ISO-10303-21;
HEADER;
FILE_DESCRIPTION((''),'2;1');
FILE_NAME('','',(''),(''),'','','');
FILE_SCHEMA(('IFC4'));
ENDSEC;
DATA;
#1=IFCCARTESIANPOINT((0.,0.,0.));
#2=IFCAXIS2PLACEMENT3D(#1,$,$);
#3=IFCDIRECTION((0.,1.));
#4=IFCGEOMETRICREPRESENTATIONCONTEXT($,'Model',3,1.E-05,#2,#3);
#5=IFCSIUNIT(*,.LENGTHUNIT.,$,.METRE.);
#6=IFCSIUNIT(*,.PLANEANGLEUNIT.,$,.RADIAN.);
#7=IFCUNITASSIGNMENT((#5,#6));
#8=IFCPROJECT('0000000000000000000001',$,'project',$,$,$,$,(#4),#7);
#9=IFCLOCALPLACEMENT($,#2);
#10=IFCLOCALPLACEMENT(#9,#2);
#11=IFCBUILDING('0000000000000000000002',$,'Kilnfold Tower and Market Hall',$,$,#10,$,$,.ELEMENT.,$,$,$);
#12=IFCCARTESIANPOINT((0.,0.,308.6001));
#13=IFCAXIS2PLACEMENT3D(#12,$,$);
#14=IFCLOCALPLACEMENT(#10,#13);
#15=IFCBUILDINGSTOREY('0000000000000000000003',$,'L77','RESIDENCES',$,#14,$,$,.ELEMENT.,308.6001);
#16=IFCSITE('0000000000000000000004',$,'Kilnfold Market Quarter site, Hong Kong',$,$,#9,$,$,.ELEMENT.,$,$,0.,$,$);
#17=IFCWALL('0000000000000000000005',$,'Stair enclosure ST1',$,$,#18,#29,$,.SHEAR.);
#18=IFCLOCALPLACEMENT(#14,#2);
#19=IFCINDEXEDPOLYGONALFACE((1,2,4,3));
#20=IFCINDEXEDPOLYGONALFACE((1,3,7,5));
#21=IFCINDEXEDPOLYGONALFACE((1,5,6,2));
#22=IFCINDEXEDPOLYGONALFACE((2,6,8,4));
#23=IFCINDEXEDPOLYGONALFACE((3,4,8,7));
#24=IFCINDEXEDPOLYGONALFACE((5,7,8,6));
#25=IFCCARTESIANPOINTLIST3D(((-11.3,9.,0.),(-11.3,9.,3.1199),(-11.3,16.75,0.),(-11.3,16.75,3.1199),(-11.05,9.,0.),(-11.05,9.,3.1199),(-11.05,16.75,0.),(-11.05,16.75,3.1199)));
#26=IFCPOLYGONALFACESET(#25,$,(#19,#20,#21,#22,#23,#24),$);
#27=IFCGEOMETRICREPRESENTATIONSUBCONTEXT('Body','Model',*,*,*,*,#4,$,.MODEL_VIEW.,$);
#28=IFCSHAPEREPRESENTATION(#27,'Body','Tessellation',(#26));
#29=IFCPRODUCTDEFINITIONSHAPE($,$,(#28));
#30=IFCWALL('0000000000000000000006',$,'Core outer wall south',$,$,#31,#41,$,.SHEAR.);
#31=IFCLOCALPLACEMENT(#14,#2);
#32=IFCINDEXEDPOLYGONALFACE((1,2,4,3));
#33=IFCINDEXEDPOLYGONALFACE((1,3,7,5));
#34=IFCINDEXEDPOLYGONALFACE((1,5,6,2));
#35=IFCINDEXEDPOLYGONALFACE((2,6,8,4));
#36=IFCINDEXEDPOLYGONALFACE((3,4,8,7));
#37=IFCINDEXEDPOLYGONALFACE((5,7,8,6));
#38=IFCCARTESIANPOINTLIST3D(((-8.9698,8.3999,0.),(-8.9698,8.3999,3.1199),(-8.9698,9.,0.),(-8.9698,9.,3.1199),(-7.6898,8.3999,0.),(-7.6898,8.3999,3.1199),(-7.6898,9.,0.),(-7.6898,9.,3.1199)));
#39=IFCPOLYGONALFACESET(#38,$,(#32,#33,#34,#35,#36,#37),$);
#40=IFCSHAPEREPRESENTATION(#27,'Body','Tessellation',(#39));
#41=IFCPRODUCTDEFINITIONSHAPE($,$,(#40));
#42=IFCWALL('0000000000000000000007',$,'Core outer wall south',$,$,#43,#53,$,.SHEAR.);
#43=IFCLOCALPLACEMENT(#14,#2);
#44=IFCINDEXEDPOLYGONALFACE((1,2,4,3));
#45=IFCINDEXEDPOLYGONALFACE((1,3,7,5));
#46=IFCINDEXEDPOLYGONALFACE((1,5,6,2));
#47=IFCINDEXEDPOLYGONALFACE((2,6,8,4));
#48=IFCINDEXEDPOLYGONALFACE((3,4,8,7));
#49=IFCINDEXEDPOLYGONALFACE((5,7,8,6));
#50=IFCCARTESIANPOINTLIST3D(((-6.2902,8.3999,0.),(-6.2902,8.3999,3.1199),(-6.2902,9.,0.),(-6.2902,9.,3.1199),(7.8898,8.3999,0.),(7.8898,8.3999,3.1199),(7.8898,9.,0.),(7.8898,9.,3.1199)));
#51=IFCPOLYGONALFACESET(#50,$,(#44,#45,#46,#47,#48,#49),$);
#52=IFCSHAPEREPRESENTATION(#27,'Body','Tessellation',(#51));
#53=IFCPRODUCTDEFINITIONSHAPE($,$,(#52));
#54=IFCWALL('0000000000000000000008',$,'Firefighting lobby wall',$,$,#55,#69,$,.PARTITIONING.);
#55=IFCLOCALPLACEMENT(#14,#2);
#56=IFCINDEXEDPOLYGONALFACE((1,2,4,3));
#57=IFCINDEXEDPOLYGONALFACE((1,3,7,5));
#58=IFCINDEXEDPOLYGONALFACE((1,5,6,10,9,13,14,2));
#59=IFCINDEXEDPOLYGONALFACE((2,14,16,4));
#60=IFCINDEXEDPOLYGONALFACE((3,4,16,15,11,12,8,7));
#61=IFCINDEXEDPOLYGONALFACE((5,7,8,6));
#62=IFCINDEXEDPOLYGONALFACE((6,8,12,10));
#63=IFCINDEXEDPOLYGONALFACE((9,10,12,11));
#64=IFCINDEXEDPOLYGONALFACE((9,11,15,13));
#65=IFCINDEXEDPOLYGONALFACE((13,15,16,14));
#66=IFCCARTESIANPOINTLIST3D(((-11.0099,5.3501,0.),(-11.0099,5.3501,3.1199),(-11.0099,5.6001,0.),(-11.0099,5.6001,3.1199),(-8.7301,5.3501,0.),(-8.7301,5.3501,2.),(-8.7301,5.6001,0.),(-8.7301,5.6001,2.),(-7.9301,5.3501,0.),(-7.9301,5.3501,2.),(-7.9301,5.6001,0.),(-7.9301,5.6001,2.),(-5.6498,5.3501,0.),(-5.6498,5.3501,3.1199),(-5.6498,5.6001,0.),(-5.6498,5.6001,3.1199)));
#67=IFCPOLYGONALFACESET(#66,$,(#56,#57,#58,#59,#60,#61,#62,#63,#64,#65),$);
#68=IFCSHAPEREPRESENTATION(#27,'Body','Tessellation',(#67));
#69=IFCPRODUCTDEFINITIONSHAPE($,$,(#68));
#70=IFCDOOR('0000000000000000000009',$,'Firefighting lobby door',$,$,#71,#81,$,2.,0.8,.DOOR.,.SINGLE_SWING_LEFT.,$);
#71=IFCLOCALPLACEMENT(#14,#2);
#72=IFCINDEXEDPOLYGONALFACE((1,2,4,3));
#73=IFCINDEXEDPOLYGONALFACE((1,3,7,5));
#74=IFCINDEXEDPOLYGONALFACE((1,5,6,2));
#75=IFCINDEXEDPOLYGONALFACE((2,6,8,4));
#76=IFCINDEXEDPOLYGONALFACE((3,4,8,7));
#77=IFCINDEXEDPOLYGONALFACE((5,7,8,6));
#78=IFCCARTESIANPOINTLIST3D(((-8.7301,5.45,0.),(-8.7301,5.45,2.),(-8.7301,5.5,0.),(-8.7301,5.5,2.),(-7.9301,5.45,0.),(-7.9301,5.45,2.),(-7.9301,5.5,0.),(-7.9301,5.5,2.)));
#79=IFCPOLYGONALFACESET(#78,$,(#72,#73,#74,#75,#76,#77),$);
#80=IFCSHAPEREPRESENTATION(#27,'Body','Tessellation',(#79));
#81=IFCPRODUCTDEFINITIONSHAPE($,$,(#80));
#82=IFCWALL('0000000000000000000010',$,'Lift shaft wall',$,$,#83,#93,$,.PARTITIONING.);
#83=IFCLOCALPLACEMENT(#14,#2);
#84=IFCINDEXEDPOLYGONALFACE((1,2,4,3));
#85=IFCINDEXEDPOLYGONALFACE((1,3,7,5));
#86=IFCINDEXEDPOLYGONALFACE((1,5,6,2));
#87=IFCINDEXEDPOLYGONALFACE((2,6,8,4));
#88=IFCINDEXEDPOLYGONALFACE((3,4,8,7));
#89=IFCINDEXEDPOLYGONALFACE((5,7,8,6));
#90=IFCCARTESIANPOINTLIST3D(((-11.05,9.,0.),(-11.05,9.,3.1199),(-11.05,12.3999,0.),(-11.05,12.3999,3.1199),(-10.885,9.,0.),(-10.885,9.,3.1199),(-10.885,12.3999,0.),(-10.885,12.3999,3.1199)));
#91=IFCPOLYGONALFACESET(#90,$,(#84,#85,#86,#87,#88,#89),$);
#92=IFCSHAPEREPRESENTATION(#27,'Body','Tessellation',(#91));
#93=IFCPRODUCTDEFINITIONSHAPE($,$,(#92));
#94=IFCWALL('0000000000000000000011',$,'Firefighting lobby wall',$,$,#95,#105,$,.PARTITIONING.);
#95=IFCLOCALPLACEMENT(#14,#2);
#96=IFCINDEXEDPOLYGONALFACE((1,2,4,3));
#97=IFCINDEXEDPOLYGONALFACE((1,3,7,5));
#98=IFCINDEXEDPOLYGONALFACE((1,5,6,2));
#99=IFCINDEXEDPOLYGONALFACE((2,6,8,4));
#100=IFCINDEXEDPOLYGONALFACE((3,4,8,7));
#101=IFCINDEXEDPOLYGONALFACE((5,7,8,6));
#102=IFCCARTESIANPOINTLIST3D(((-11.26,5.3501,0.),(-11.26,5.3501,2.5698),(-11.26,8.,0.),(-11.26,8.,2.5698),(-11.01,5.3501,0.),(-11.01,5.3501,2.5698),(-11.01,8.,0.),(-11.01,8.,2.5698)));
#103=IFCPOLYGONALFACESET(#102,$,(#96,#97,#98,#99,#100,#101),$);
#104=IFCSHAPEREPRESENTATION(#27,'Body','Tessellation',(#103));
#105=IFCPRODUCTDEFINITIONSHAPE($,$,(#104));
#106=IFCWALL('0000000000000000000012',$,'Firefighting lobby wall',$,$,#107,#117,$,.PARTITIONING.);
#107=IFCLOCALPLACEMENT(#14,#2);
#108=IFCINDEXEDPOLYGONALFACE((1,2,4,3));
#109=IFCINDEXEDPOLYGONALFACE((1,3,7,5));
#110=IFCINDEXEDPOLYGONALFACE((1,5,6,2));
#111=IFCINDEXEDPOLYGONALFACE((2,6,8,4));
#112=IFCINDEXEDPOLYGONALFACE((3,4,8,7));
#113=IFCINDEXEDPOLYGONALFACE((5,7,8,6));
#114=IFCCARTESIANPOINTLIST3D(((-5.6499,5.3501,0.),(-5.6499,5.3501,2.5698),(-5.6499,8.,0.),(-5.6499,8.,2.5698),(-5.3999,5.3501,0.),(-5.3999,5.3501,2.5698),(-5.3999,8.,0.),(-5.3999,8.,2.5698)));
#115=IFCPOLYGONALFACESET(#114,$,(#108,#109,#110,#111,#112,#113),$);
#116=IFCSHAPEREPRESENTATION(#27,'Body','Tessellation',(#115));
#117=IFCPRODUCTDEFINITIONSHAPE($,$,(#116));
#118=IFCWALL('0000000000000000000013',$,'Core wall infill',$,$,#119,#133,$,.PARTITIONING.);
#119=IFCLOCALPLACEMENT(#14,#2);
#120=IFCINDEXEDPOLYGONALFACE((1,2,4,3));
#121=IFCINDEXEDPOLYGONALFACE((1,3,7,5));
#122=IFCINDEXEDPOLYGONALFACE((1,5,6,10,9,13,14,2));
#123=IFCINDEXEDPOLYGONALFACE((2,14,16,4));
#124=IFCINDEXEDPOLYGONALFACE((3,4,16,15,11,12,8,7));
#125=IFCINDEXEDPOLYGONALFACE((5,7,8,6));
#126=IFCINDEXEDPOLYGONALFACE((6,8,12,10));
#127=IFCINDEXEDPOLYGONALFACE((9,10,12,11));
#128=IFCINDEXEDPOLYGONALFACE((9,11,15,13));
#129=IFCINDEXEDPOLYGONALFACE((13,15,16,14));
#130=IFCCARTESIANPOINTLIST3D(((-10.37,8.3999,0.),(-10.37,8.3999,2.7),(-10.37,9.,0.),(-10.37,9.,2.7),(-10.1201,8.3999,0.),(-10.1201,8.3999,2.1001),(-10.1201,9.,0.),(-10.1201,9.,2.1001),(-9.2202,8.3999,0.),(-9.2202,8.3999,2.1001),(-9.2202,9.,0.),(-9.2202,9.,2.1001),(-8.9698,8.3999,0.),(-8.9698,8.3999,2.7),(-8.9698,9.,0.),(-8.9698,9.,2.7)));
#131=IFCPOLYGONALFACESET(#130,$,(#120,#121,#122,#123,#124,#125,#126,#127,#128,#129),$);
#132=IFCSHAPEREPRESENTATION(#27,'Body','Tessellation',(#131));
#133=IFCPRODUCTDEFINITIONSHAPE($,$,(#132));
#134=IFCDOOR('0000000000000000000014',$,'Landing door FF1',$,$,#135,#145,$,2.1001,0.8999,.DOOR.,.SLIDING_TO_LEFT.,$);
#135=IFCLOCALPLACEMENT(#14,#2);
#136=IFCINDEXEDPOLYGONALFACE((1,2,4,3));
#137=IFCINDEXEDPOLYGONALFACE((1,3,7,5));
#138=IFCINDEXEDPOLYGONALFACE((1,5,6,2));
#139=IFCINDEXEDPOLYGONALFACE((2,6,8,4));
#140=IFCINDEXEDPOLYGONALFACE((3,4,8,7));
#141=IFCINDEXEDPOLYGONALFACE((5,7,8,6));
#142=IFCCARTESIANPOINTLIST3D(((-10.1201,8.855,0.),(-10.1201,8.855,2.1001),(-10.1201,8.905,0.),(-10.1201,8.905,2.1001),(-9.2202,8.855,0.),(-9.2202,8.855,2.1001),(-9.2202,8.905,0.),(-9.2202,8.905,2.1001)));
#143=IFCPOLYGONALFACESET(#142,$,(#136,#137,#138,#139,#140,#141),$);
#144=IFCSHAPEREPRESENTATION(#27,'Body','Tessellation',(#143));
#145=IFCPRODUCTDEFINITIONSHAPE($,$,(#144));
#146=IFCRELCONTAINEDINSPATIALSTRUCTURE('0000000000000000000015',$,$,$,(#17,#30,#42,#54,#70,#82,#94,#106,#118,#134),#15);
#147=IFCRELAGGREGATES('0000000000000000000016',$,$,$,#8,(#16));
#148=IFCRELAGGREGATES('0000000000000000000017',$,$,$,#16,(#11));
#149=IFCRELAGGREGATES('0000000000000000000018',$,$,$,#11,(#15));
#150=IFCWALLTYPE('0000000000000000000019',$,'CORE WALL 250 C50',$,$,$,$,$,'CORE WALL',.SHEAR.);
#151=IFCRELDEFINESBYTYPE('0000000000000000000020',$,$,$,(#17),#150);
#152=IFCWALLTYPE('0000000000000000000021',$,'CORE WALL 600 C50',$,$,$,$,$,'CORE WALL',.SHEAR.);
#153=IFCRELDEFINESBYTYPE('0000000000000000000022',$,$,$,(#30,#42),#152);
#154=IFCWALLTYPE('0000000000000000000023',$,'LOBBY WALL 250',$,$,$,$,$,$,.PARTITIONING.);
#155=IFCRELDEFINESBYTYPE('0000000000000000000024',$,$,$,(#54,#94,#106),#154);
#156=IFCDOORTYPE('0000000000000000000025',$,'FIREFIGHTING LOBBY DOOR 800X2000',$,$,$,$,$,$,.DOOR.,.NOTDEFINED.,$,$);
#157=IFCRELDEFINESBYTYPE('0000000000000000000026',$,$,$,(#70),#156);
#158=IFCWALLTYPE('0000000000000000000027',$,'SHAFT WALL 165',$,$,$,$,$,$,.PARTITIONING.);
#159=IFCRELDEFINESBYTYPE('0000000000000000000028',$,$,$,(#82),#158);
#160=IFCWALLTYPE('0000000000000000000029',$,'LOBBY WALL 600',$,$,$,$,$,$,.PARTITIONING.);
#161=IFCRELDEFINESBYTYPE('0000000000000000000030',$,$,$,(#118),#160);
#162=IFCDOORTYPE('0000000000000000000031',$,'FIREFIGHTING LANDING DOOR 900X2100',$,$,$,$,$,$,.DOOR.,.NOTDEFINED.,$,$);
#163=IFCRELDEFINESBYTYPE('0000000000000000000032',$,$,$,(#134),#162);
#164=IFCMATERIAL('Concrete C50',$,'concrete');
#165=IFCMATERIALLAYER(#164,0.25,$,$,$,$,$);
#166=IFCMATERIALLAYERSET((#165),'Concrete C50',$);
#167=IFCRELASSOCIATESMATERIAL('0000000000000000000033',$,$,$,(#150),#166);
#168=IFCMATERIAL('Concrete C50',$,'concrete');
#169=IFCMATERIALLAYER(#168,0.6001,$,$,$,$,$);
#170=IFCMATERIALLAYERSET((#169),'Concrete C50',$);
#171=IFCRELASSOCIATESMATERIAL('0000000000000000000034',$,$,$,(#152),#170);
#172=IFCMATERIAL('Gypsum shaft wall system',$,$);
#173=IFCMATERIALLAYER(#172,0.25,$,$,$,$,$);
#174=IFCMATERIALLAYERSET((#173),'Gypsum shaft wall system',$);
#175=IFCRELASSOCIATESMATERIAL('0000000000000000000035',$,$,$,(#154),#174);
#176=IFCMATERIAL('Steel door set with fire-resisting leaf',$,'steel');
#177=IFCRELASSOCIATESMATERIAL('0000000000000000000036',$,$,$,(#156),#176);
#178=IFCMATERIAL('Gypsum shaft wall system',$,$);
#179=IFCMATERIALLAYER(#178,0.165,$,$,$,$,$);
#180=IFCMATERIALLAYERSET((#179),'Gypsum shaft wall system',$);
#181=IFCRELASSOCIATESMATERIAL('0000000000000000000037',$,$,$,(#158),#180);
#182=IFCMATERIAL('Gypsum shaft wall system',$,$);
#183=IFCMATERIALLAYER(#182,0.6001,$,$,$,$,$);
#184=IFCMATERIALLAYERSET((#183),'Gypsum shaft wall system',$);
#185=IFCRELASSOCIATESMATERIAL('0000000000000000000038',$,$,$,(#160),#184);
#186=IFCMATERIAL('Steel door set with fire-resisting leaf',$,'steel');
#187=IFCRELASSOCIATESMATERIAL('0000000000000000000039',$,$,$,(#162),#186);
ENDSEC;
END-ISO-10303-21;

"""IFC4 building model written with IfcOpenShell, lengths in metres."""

from ifc_helpers import new_model, si_unit, direction, frame, frame_2d, origin, place, context, subcontext, project, spatial, rectangle, extrude, source, transform, mapped, material, layer, layer_set, type_object, element, fill, save


model = new_model("IFC4")

# Units and contexts
model_context = context("Model", 3, precision=1e-05, world=origin(), true_north=direction((0.0, 1.0)))
body_context = subcontext(model_context, "Body", "Model", "MODEL_VIEW")
ifc_project = project(units=[si_unit("LENGTHUNIT", "METRE"), si_unit("PLANEANGLEUNIT", "RADIAN")], contexts=[model_context])

# Site, building, storey
site_placement = place(None, origin())
site = spatial("IfcSite", under=ifc_project, at=site_placement, Name="Kilnfold Market Quarter site, Hong Kong", CompositionType="ELEMENT", RefElevation=0.0)
building_placement = place(site_placement, origin())
building = spatial("IfcBuilding", under=site, at=building_placement, Name="Kilnfold Tower and Market Hall", CompositionType="ELEMENT")
storey_placement = place(building_placement, frame((0.0, 0.0, 308.6001)))
storey = spatial("IfcBuildingStorey", under=building, at=storey_placement, Name="L77", Description="RESIDENCES", CompositionType="ELEMENT", Elevation=308.6001)

# Walls
ifc_material_1 = material(Name="Concrete C50", Category="concrete")
ifc_layer_1 = layer(ifc_material_1, 0.25)
ifc_layer_set_1 = layer_set([ifc_layer_1], Name="Concrete C50")
wall_type_1 = type_object("IfcWallType", Name="CORE WALL 250 C50", ElementType="CORE WALL", PredefinedType="SHEAR", material=ifc_layer_set_1)
shared_shape_1 = source(origin(), body_context, "Body", "SweptSolid", [
    extrude(rectangle(XDim=7.75, YDim=0.25, at=frame_2d((3.875, 0.0))), origin(), (0.0, 0.0, 1.0), 3.1199),
])
wall_1_placement = place(storey_placement, frame((-11.175, 9.0, 0.0), z_axis=(0.0, 0.0, 1.0), x_axis=(0.0, 1.0, 0.0)))
element("IfcWall", 1, at=wall_1_placement, inside=storey, type_object=wall_type_1, Name="Stair enclosure ST1", PredefinedType="SHEAR", context=body_context, shape_type="MappedRepresentation", body=[
    mapped(shared_shape_1, transform((0.0, 0.0, 0.0))),
])
ifc_material_2 = material(Name="Concrete C50", Category="concrete")
ifc_layer_2 = layer(ifc_material_2, 0.6001)
ifc_layer_set_2 = layer_set([ifc_layer_2], Name="Concrete C50")
wall_type_2 = type_object("IfcWallType", Name="CORE WALL 600 C50", ElementType="CORE WALL", PredefinedType="SHEAR", material=ifc_layer_set_2)
shared_shape_2 = source(origin(), body_context, "Body", "SweptSolid", [
    extrude(rectangle(XDim=1.28, YDim=0.6001, at=frame_2d((0.6401, 0.0))), origin(), (0.0, 0.0, 1.0), 3.1199),
])
wall_2_placement = place(storey_placement, frame((-8.97, 8.7, 0.0), z_axis=(0.0, 0.0, 1.0), x_axis=(1.0, 0.0, 0.0)))
element("IfcWall", 2, at=wall_2_placement, inside=storey, type_object=wall_type_2, Name="Core outer wall south", PredefinedType="SHEAR", context=body_context, shape_type="MappedRepresentation", body=[
    mapped(shared_shape_2, transform((0.0, 0.0, 0.0))),
])
shared_shape_3 = source(origin(), body_context, "Body", "SweptSolid", [
    extrude(rectangle(XDim=14.1799, YDim=0.6001, at=frame_2d((7.0898, 0.0))), origin(), (0.0, 0.0, 1.0), 3.1199),
])
wall_3_placement = place(storey_placement, frame((-6.29, 8.7, 0.0), z_axis=(0.0, 0.0, 1.0), x_axis=(1.0, 0.0, 0.0)))
element("IfcWall", 3, at=wall_3_placement, inside=storey, type_object=wall_type_2, Name="Core outer wall south", PredefinedType="SHEAR", context=body_context, shape_type="MappedRepresentation", body=[
    mapped(shared_shape_3, transform((0.0, 0.0, 0.0))),
])

# Wall, opening, door
ifc_material_3 = material(Name="Gypsum shaft wall system")
ifc_layer_3 = layer(ifc_material_3, 0.25)
ifc_layer_set_3 = layer_set([ifc_layer_3], Name="Gypsum shaft wall system")
wall_type_3 = type_object("IfcWallType", Name="LOBBY WALL 250", PredefinedType="PARTITIONING", material=ifc_layer_set_3)
shared_shape_4 = source(origin(), body_context, "Body", "SweptSolid", [
    extrude(rectangle(XDim=5.3601, YDim=0.25, at=frame_2d((2.6802, 0.0))), origin(), (0.0, 0.0, 1.0), 3.1199),
])
wall_4_placement = place(storey_placement, frame((-11.01, 5.4751, 0.0), z_axis=(0.0, 0.0, 1.0), x_axis=(1.0, 0.0, 0.0)))
wall_4 = element("IfcWall", 4, at=wall_4_placement, inside=storey, type_object=wall_type_3, Name="Firefighting lobby wall", PredefinedType="PARTITIONING", context=body_context, shape_type="MappedRepresentation", body=[
    mapped(shared_shape_4, transform((0.0, 0.0, 0.0))),
])
opening_1_placement = place(wall_4_placement, frame((2.28, 0.0, 0.0)))
opening_1 = element("IfcOpeningElement", 5, at=opening_1_placement, cuts=wall_4, PredefinedType="OPENING", context=body_context, shape_type="SweptSolid", body=[
    extrude(rectangle(XDim=0.8, YDim=2.0, at=frame_2d((0.3999, 1.0))), frame((0.0, 0.135, 0.0), z_axis=(0.0, -1.0, 0.0), x_axis=(1.0, 0.0, 0.0)), (0.0, 0.0, 1.0), 0.27),
])
ifc_material_4 = material(Name="Steel door set with fire-resisting leaf", Category="steel")
door_type_1 = type_object("IfcDoorType", Name="FIREFIGHTING LOBBY DOOR 800X2000", OperationType="NOTDEFINED", PredefinedType="DOOR", material=ifc_material_4)
door_1_placement = place(opening_1_placement, origin())
door_1 = element("IfcDoor", 6, at=door_1_placement, inside=storey, type_object=door_type_1, Name="Firefighting lobby door", OperationType="SINGLE_SWING_LEFT", OverallHeight=2.0, OverallWidth=0.8, PredefinedType="DOOR", context=body_context, shape_type="SweptSolid", body=[
    extrude(rectangle(XDim=0.8, YDim=2.0, at=frame_2d((0.3999, 1.0))), frame((0.0, 0.0249, 0.0), z_axis=(0.0, -1.0, 0.0), x_axis=(1.0, 0.0, 0.0)), (0.0, 0.0, 1.0), 0.05),
])
fill(opening_1, door_1)

# Walls
ifc_material_5 = material(Name="Gypsum shaft wall system")
ifc_layer_4 = layer(ifc_material_5, 0.165)
ifc_layer_set_4 = layer_set([ifc_layer_4], Name="Gypsum shaft wall system")
wall_type_4 = type_object("IfcWallType", Name="SHAFT WALL 165", PredefinedType="PARTITIONING", material=ifc_layer_set_4)
shared_shape_5 = source(origin(), body_context, "Body", "SweptSolid", [
    extrude(rectangle(XDim=3.3999, YDim=0.165, at=frame_2d((1.7, 0.0))), origin(), (0.0, 0.0, 1.0), 3.1199),
])
wall_5_placement = place(storey_placement, frame((-10.9675, 9.0, 0.0), z_axis=(0.0, 0.0, 1.0), x_axis=(0.0, 1.0, 0.0)))
element("IfcWall", 7, at=wall_5_placement, inside=storey, type_object=wall_type_4, Name="Lift shaft wall", PredefinedType="PARTITIONING", context=body_context, shape_type="MappedRepresentation", body=[
    mapped(shared_shape_5, transform((0.0, 0.0, 0.0))),
])
shared_shape_6 = source(origin(), body_context, "Body", "SweptSolid", [
    extrude(rectangle(XDim=2.6499, YDim=0.25, at=frame_2d((1.325, 0.0))), origin(), (0.0, 0.0, 1.0), 2.5698),
])
for number, where, z_axis, x_axis, name in (
    (8, (-11.135, 5.3501, 0.0), (0.0, 0.0, 1.0), (0.0, 1.0, 0.0), "Firefighting lobby wall"),
    (9, (-5.5249, 5.3501, 0.0), (0.0, 0.0, 1.0), (0.0, 1.0, 0.0), "Firefighting lobby wall"),
):
    element("IfcWall", number, at=place(storey_placement, frame(where, z_axis=z_axis, x_axis=x_axis)), inside=storey, type_object=wall_type_3, Name=name, PredefinedType="PARTITIONING", context=body_context, shape_type="MappedRepresentation", body=[
        mapped(shared_shape_6, transform((0.0, 0.0, 0.0))),
    ])

# Wall, opening, door
ifc_material_6 = material(Name="Gypsum shaft wall system")
ifc_layer_5 = layer(ifc_material_6, 0.6001)
ifc_layer_set_5 = layer_set([ifc_layer_5], Name="Gypsum shaft wall system")
wall_type_5 = type_object("IfcWallType", Name="LOBBY WALL 600", PredefinedType="PARTITIONING", material=ifc_layer_set_5)
shared_shape_7 = source(origin(), body_context, "Body", "SweptSolid", [
    extrude(rectangle(XDim=1.4001, YDim=0.6001, at=frame_2d((0.7002, 0.0))), origin(), (0.0, 0.0, 1.0), 2.7),
])
wall_6_placement = place(storey_placement, frame((-10.3701, 8.7, 0.0), z_axis=(0.0, 0.0, 1.0), x_axis=(1.0, 0.0, 0.0)))
wall_6 = element("IfcWall", 10, at=wall_6_placement, inside=storey, type_object=wall_type_5, Name="Core wall infill", PredefinedType="PARTITIONING", context=body_context, shape_type="MappedRepresentation", body=[
    mapped(shared_shape_7, transform((0.0, 0.0, 0.0))),
])
opening_2_placement = place(wall_6_placement, frame((0.25, 0.0, 0.0)))
opening_2 = element("IfcOpeningElement", 11, at=opening_2_placement, cuts=wall_6, PredefinedType="OPENING", context=body_context, shape_type="SweptSolid", body=[
    extrude(rectangle(XDim=0.8999, YDim=2.1001, at=frame_2d((0.45, 1.05))), frame((0.0, 0.3101, 0.0), z_axis=(0.0, -1.0, 0.0), x_axis=(1.0, 0.0, 0.0)), (0.0, 0.0, 1.0), 0.6201),
])
ifc_material_7 = material(Name="Steel door set with fire-resisting leaf", Category="steel")
door_type_2 = type_object("IfcDoorType", Name="FIREFIGHTING LANDING DOOR 900X2100", OperationType="NOTDEFINED", PredefinedType="DOOR", material=ifc_material_7)
door_2_placement = place(opening_2_placement, origin())
door_2 = element("IfcDoor", 12, at=door_2_placement, inside=storey, type_object=door_type_2, Name="Landing door FF1", OperationType="SLIDING_TO_LEFT", OverallHeight=2.1001, OverallWidth=0.8999, PredefinedType="DOOR", context=body_context, shape_type="SweptSolid", body=[
    extrude(rectangle(XDim=0.8999, YDim=2.1001, at=frame_2d((0.45, 1.05))), frame((0.0, 0.2051, 0.0), z_axis=(0.0, -1.0, 0.0), x_axis=(1.0, 0.0, 0.0)), (0.0, 0.0, 1.0), 0.05),
])
fill(opening_2, door_2)

save(model, "model.ifc")
